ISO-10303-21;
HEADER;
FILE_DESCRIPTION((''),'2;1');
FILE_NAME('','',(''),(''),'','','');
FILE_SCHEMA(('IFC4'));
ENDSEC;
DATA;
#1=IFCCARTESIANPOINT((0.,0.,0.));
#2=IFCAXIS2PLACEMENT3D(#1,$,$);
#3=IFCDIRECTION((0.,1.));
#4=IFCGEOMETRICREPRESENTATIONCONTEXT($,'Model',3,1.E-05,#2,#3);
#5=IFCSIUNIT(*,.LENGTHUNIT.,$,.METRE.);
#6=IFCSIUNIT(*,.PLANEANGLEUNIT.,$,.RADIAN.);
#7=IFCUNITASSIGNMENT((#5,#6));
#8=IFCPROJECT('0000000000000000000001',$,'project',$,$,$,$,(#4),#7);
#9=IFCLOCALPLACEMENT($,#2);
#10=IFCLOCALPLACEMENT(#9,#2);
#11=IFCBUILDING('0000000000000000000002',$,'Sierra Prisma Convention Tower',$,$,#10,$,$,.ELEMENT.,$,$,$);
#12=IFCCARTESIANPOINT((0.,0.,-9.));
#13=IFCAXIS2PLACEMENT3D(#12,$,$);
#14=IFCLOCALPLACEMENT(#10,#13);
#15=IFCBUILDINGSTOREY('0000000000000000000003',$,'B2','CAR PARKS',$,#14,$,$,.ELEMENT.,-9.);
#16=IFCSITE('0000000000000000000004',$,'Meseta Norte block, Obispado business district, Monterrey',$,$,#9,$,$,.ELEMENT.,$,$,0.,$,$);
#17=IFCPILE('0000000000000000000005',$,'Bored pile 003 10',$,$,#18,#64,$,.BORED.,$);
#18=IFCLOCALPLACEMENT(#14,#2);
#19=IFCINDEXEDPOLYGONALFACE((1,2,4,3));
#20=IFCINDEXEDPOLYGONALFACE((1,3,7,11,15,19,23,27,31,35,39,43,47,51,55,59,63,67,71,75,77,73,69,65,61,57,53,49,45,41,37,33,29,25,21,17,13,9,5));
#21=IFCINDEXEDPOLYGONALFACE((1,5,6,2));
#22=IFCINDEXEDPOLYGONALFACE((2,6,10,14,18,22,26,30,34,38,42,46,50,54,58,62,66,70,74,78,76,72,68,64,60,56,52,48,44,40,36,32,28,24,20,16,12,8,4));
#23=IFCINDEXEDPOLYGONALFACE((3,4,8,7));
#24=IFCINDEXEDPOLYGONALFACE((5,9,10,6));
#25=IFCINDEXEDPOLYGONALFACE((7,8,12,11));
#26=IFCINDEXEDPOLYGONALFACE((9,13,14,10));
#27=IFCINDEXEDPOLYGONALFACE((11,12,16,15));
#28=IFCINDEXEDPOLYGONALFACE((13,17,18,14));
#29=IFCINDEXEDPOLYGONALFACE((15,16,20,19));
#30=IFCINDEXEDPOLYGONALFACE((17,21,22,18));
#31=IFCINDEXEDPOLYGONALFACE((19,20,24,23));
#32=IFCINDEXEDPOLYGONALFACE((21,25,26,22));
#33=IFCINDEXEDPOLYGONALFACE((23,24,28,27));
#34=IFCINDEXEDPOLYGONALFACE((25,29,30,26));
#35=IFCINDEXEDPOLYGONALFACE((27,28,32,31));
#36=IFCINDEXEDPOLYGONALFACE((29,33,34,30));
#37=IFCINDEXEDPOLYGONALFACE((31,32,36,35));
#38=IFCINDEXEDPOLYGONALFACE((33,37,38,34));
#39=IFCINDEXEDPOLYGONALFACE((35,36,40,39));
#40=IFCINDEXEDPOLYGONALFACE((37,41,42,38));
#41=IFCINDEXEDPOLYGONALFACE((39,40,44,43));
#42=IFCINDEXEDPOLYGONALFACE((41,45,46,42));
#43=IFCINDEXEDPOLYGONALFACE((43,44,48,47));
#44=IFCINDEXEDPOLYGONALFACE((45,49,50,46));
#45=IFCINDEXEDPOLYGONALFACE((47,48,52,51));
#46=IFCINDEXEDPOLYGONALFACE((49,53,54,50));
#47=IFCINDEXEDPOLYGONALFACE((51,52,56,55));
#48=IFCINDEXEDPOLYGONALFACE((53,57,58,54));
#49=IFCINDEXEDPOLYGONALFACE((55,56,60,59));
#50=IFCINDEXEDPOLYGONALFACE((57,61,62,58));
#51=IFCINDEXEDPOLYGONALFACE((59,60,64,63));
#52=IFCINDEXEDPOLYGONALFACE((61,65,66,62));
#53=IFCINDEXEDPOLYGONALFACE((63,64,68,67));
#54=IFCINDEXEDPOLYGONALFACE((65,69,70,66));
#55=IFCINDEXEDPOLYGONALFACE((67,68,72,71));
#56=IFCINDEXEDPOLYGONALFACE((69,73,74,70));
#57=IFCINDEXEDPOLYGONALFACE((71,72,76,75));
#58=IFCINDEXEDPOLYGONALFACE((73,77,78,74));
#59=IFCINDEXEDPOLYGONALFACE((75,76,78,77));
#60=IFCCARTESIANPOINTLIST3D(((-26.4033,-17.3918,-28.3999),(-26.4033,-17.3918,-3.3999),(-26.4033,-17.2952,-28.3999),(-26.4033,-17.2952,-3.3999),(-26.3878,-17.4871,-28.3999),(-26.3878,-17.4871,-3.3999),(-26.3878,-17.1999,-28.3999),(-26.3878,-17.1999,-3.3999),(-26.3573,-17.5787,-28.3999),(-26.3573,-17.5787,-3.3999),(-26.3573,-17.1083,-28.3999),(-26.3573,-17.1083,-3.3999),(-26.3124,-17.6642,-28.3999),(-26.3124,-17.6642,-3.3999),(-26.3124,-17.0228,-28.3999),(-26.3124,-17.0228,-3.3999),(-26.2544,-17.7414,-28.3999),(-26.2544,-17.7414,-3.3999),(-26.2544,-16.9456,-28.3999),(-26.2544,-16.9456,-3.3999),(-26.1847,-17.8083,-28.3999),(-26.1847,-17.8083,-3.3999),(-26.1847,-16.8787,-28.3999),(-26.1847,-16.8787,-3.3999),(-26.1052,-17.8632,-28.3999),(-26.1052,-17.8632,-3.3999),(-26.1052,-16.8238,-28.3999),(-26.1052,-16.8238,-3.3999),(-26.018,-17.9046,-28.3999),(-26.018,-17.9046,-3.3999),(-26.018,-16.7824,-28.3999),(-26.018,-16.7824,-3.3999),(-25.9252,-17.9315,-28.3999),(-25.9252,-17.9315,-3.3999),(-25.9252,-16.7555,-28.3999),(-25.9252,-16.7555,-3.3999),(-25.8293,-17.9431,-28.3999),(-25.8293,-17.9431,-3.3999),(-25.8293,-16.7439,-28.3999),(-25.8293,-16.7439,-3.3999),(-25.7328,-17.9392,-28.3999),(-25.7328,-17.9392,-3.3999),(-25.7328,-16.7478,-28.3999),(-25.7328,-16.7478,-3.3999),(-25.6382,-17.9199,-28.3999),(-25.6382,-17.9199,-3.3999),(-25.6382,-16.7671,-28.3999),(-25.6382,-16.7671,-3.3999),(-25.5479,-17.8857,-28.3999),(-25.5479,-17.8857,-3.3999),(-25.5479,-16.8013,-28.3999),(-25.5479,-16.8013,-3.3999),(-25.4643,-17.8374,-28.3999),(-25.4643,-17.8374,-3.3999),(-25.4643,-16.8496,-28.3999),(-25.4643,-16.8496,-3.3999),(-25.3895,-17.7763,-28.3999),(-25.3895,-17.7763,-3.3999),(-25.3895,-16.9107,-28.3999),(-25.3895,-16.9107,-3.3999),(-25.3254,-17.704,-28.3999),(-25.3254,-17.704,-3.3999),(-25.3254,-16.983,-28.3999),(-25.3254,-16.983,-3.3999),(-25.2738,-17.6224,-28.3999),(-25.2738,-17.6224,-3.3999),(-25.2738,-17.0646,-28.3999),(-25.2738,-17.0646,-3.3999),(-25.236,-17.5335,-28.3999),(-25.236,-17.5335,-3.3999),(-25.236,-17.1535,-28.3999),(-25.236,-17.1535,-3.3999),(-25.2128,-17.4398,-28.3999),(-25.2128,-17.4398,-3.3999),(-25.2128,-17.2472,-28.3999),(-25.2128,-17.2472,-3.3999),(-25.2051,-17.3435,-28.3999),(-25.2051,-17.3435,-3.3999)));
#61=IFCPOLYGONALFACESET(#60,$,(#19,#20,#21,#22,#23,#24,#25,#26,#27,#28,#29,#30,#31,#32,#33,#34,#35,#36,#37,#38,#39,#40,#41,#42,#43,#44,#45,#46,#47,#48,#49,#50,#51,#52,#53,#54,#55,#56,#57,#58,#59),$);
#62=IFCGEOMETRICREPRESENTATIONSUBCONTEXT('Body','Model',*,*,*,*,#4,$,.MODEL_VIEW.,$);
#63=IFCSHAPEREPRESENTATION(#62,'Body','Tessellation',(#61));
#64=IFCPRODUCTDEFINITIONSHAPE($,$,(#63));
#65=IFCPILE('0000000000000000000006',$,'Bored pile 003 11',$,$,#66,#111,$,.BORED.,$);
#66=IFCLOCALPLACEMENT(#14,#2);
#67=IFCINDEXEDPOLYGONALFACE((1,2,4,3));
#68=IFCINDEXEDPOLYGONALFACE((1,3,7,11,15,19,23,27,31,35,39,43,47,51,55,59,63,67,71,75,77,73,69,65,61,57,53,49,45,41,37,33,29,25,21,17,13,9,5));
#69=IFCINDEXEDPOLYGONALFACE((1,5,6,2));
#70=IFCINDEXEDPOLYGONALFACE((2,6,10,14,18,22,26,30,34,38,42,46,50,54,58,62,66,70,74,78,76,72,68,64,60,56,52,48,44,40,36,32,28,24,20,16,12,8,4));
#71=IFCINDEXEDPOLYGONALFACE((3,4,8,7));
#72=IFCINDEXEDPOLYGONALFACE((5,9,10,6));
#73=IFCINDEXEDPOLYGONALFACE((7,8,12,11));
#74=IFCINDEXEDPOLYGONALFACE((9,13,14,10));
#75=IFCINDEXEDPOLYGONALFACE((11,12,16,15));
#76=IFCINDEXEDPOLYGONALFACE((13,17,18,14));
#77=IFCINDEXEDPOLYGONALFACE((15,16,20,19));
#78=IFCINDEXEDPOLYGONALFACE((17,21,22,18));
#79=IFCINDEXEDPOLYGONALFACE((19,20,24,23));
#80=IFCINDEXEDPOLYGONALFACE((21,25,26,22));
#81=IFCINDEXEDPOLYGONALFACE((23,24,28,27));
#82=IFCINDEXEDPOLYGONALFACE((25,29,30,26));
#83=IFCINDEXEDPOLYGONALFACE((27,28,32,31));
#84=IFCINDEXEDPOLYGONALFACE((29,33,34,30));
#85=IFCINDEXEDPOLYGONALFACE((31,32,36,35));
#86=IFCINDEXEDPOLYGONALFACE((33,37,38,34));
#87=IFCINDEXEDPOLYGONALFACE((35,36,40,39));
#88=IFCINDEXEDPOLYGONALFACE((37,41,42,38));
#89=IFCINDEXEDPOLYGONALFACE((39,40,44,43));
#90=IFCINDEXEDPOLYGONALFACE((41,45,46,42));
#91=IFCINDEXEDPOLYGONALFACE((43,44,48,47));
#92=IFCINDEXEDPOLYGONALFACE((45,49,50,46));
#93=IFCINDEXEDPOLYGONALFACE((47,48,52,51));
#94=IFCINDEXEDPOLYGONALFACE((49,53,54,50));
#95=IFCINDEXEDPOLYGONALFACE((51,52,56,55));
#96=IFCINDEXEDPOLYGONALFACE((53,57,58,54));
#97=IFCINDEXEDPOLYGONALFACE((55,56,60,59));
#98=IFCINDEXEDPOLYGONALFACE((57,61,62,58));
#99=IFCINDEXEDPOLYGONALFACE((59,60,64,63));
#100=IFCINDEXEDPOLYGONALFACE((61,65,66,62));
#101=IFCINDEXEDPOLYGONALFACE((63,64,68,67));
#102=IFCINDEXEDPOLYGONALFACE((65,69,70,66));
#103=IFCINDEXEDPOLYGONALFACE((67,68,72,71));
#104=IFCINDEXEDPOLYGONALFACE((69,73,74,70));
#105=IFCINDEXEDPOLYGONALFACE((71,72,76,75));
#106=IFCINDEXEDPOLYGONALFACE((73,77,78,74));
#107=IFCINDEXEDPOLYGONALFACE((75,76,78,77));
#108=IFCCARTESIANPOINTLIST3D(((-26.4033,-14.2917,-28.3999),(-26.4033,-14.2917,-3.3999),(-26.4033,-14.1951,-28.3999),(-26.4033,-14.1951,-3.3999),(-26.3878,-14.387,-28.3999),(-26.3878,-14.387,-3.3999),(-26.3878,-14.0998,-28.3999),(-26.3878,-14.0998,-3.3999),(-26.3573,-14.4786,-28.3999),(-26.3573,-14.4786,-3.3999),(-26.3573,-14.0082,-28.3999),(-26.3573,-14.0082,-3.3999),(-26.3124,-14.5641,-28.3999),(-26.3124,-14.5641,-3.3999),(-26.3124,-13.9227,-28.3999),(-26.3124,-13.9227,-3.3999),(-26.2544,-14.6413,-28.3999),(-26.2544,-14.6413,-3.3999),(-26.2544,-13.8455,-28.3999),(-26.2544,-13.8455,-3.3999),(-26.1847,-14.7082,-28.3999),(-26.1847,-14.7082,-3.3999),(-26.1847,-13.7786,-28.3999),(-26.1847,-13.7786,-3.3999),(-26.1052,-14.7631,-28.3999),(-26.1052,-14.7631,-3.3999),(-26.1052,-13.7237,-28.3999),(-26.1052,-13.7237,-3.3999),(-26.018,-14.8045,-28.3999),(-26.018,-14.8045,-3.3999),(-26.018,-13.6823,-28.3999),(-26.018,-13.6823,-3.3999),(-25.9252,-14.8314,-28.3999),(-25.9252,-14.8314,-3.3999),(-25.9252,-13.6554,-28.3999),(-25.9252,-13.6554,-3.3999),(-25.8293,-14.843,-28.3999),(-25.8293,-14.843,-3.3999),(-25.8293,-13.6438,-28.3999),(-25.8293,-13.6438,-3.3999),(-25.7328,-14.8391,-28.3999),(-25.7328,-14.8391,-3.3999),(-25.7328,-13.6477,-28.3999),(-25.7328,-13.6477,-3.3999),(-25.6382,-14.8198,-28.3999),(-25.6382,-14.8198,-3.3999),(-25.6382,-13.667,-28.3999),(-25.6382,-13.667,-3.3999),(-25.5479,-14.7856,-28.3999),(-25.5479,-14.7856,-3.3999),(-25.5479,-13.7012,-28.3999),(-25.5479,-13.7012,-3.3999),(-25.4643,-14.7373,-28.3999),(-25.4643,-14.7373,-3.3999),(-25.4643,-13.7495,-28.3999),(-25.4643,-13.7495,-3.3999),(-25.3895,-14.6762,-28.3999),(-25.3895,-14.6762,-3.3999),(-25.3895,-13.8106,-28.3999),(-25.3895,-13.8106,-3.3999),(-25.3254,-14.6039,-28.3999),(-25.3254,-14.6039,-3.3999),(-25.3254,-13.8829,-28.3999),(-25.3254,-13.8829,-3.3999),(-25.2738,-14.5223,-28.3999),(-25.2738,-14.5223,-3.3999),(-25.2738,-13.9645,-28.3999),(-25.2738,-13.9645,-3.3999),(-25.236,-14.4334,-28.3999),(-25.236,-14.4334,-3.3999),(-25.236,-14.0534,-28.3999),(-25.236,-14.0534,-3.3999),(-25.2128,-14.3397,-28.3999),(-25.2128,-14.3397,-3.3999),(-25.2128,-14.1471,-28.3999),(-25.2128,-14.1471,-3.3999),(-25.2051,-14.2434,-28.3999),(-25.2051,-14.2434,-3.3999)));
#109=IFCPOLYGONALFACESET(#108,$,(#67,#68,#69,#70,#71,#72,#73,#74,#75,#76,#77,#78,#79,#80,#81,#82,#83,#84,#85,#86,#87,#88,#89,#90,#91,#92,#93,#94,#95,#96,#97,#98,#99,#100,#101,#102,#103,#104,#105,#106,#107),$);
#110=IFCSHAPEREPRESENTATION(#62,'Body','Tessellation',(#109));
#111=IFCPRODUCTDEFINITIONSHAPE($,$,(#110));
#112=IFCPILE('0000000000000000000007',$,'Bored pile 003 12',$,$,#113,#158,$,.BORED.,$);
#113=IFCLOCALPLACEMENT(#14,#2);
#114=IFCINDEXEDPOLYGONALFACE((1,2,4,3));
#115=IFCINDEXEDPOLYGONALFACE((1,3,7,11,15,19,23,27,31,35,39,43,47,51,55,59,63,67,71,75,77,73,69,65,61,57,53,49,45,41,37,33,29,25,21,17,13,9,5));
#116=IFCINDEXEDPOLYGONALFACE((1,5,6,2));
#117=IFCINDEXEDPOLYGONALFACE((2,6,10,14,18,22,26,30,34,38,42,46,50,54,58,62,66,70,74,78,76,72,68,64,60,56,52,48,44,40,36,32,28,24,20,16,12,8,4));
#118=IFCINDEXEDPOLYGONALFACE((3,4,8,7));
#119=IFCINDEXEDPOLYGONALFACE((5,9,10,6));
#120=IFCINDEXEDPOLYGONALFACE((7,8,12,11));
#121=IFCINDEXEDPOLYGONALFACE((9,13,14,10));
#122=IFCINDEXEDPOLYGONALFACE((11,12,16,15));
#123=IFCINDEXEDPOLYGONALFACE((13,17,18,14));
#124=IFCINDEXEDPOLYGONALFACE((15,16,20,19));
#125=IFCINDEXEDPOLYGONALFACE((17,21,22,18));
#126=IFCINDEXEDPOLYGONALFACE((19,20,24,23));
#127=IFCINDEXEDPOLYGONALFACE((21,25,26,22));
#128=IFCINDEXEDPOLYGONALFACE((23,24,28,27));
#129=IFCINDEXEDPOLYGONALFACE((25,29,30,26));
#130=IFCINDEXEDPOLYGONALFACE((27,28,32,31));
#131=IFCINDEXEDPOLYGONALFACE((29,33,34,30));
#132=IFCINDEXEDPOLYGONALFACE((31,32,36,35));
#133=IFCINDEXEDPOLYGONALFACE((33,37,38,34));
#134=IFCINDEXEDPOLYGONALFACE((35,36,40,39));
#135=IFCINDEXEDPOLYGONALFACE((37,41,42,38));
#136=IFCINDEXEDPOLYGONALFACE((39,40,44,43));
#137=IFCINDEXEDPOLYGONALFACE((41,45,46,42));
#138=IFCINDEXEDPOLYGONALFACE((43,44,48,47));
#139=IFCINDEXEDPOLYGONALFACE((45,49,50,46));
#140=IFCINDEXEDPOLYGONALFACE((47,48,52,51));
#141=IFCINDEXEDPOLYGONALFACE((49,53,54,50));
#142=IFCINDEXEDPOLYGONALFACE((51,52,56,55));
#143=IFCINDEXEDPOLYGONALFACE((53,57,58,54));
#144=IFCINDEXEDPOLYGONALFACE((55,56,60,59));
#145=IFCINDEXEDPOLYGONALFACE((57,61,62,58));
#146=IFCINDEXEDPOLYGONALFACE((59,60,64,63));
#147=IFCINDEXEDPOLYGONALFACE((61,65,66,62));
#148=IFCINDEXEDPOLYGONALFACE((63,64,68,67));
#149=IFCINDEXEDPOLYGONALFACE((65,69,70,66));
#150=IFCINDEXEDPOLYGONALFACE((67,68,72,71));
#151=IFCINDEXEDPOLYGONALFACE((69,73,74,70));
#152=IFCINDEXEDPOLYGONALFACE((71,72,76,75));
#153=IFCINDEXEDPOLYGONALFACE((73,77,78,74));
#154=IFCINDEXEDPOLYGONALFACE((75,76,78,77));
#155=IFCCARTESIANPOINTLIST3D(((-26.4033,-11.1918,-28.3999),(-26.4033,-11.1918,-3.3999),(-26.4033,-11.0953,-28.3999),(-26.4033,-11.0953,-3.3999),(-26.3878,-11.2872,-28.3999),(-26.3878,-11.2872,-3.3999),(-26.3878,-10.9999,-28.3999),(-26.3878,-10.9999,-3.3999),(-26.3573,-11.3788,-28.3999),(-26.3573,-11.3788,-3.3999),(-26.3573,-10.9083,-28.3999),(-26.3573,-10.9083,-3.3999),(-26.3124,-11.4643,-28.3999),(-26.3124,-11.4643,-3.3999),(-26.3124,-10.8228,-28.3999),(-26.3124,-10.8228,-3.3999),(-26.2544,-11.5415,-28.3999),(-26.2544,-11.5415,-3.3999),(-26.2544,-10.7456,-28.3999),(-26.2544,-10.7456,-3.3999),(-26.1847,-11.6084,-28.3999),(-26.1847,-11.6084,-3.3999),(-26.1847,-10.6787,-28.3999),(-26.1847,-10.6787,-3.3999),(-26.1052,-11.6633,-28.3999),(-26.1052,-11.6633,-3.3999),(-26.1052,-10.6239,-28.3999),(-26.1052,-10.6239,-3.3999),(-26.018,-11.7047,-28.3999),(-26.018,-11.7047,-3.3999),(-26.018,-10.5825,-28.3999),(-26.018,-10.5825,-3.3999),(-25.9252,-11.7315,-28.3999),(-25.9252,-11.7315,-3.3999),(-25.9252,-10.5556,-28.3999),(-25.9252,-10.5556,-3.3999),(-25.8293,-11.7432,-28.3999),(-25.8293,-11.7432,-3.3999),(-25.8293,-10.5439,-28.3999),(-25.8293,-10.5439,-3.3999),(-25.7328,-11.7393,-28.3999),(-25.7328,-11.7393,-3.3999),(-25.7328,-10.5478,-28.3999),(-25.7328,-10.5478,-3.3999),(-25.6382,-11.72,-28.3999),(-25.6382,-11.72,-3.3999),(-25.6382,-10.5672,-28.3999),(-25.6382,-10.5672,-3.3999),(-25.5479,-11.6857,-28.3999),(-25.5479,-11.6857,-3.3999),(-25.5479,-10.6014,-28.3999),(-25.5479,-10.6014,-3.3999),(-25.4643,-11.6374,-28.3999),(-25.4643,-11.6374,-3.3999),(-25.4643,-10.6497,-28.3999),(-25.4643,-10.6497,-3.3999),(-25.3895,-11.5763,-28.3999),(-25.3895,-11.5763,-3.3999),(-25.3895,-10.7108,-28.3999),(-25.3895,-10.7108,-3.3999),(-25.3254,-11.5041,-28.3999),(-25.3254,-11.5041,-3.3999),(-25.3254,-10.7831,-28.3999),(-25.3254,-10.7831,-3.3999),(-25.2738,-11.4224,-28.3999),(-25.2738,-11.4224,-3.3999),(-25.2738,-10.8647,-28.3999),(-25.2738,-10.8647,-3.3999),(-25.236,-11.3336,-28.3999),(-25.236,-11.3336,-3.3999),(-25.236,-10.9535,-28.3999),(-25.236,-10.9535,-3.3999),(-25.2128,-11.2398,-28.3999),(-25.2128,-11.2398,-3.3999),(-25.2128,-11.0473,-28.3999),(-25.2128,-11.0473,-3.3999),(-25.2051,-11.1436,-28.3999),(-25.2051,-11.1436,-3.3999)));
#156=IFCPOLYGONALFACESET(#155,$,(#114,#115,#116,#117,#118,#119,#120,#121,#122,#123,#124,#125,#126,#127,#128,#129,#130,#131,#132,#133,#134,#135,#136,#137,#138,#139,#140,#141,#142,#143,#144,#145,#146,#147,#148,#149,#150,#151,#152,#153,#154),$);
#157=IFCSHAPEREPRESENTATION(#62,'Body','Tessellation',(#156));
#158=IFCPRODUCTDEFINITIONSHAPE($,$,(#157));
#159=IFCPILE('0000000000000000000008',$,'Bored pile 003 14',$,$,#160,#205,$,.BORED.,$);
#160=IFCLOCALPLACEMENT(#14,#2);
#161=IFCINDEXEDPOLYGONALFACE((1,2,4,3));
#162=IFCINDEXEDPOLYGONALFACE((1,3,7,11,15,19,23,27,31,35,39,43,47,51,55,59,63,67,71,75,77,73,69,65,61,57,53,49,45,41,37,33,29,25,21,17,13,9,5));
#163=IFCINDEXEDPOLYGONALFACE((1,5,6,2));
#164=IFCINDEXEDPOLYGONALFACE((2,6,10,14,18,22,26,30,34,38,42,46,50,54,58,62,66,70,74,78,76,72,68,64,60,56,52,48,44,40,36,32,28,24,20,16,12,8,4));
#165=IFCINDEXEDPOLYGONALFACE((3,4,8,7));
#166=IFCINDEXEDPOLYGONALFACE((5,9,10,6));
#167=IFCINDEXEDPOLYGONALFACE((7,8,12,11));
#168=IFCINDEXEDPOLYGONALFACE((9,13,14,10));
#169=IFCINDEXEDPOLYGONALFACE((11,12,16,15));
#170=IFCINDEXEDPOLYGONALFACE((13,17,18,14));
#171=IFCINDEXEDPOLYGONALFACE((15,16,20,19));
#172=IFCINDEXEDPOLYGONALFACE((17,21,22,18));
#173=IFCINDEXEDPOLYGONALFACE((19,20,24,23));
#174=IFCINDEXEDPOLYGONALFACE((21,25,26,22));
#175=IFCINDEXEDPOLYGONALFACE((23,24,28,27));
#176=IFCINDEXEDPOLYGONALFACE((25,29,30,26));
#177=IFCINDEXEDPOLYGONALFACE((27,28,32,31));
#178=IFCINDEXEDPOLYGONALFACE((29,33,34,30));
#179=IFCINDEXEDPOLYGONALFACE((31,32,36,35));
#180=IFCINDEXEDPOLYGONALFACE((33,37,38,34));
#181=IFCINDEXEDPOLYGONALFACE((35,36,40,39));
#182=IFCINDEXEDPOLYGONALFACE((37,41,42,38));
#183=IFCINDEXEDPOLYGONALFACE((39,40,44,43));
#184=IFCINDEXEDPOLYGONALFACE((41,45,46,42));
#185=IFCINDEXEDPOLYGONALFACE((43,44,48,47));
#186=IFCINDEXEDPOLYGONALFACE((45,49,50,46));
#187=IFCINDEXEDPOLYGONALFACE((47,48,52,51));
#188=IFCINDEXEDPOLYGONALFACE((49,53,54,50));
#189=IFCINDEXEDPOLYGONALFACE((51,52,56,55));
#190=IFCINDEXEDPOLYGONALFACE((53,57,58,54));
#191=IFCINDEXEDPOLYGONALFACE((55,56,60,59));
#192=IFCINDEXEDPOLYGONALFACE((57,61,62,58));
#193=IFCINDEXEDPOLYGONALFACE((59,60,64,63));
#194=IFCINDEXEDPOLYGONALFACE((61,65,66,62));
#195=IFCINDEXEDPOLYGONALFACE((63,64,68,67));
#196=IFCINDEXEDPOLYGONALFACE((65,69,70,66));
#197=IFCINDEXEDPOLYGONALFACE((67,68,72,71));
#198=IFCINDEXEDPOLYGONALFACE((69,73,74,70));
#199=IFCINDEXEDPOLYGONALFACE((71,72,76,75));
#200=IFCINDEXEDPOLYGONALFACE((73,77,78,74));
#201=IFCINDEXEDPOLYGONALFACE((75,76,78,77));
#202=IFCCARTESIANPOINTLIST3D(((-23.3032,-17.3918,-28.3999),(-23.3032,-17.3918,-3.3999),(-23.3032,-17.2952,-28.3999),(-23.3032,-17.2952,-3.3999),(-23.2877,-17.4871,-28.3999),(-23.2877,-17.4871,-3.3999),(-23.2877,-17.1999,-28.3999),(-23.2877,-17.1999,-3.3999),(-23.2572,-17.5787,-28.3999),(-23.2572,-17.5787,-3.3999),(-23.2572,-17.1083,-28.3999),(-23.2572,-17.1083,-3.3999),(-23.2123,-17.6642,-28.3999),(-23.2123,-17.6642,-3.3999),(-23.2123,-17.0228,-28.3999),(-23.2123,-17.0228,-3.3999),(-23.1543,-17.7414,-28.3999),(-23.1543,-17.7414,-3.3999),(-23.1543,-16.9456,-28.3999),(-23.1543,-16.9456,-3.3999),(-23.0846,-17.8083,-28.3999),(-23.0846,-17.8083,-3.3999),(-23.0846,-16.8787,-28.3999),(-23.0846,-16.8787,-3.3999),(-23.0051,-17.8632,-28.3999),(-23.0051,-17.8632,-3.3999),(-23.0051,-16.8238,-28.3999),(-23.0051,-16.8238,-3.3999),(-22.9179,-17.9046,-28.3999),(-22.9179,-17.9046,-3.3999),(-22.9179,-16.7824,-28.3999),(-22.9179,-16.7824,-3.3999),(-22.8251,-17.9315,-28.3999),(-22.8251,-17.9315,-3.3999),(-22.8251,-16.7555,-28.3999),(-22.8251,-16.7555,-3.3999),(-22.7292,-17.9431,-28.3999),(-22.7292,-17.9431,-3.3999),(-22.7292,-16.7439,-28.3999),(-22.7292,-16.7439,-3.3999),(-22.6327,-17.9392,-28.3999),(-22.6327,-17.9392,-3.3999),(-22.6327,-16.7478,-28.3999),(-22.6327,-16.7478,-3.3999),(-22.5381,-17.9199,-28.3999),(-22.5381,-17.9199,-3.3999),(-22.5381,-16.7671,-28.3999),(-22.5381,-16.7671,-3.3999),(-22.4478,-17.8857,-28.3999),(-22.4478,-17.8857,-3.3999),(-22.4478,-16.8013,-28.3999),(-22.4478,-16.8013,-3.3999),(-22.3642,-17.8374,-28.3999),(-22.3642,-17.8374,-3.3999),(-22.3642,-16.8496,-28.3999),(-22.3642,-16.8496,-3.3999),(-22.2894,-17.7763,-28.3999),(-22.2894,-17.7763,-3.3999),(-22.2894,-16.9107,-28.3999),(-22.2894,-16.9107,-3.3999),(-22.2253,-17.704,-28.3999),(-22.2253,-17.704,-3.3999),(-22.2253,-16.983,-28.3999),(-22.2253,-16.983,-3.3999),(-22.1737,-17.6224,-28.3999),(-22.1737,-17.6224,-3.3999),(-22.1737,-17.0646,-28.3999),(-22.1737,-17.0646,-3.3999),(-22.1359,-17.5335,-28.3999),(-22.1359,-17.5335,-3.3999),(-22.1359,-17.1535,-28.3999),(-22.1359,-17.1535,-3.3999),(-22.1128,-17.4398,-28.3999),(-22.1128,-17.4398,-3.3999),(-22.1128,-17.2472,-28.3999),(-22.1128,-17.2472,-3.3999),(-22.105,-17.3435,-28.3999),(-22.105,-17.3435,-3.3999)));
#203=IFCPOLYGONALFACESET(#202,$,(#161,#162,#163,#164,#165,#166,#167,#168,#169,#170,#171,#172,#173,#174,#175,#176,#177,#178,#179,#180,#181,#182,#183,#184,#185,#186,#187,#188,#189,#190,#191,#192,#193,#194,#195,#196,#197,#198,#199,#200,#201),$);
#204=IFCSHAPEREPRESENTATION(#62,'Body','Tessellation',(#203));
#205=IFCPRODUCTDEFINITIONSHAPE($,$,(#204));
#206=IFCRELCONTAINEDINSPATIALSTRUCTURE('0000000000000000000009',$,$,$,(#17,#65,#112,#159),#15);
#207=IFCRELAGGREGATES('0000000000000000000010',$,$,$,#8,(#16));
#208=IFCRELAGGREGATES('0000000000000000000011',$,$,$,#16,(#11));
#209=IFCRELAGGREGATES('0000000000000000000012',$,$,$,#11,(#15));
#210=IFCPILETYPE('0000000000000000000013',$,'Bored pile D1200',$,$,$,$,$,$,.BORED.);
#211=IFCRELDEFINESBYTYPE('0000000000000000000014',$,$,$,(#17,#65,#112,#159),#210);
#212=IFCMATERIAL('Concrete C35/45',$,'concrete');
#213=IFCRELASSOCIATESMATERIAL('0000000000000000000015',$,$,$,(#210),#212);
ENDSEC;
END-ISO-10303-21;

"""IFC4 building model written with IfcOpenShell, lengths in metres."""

from ifc_helpers import new_model, si_unit, direction, frame, origin, origin_2d, place, context, subcontext, project, spatial, circle, extrude, material, material_profile, profile_set, type_object, element, save


model = new_model("IFC4")

# Units and contexts
model_context = context("Model", 3, precision=1e-05, world=origin(), true_north=direction((0.0, 1.0)))
body_context = subcontext(model_context, "Body", "Model", "MODEL_VIEW")
ifc_project = project(units=[si_unit("LENGTHUNIT", "METRE"), si_unit("PLANEANGLEUNIT", "RADIAN")], contexts=[model_context])

# Site, building, storey
site_placement = place(None, origin())
site = spatial("IfcSite", under=ifc_project, at=site_placement, Name="Meseta Norte block, Obispado business district, Monterrey", CompositionType="ELEMENT", RefElevation=0.0)
building_placement = place(site_placement, origin())
building = spatial("IfcBuilding", under=site, at=building_placement, Name="Sierra Prisma Convention Tower", CompositionType="ELEMENT")
storey_placement = place(building_placement, frame((0.0, 0.0, -9.0)))
storey = spatial("IfcBuildingStorey", under=building, at=storey_placement, Name="B2", Description="CAR PARKS", CompositionType="ELEMENT", Elevation=-9.0)

# Piles
ifc_material_1 = material(Name="Concrete C35/45", Category="concrete")
ifc_material_profile_1 = material_profile(ifc_material_1, circle(Radius=0.6001, at=origin_2d()), Name="D1200")
ifc_profile_set_1 = profile_set([ifc_material_profile_1], Name="Concrete C35/45")
pile_type_1 = type_object("IfcPileType", Name="Bored pile D1200", PredefinedType="BORED", material=ifc_profile_set_1)
for number, where, z_axis, x_axis, name in (
    (1, (-25.8052, -17.3435, -3.3999), (0.0, 0.0, -1.0), (1.0, 0.0, 0.0), "Bored pile 003 10"),
    (2, (-25.8052, -14.2434, -3.3999), (0.0, 0.0, -1.0), (1.0, 0.0, 0.0), "Bored pile 003 11"),
    (3, (-25.8052, -11.1436, -3.3999), (0.0, 0.0, -1.0), (1.0, 0.0, 0.0), "Bored pile 003 12"),
    (4, (-22.7051, -17.3435, -3.3999), (0.0, 0.0, -1.0), (1.0, 0.0, 0.0), "Bored pile 003 14"),
):
    element("IfcPile", number, at=place(storey_placement, frame(where, z_axis=z_axis, x_axis=x_axis)), inside=storey, type_object=pile_type_1, Name=name, PredefinedType="BORED", context=body_context, shape_type="SweptSolid", body=[
        extrude(circle(Radius=0.6001, at=origin_2d()), origin(), (0.0, 0.0, 1.0), 25.0),
    ])

save(model, "model.ifc")
